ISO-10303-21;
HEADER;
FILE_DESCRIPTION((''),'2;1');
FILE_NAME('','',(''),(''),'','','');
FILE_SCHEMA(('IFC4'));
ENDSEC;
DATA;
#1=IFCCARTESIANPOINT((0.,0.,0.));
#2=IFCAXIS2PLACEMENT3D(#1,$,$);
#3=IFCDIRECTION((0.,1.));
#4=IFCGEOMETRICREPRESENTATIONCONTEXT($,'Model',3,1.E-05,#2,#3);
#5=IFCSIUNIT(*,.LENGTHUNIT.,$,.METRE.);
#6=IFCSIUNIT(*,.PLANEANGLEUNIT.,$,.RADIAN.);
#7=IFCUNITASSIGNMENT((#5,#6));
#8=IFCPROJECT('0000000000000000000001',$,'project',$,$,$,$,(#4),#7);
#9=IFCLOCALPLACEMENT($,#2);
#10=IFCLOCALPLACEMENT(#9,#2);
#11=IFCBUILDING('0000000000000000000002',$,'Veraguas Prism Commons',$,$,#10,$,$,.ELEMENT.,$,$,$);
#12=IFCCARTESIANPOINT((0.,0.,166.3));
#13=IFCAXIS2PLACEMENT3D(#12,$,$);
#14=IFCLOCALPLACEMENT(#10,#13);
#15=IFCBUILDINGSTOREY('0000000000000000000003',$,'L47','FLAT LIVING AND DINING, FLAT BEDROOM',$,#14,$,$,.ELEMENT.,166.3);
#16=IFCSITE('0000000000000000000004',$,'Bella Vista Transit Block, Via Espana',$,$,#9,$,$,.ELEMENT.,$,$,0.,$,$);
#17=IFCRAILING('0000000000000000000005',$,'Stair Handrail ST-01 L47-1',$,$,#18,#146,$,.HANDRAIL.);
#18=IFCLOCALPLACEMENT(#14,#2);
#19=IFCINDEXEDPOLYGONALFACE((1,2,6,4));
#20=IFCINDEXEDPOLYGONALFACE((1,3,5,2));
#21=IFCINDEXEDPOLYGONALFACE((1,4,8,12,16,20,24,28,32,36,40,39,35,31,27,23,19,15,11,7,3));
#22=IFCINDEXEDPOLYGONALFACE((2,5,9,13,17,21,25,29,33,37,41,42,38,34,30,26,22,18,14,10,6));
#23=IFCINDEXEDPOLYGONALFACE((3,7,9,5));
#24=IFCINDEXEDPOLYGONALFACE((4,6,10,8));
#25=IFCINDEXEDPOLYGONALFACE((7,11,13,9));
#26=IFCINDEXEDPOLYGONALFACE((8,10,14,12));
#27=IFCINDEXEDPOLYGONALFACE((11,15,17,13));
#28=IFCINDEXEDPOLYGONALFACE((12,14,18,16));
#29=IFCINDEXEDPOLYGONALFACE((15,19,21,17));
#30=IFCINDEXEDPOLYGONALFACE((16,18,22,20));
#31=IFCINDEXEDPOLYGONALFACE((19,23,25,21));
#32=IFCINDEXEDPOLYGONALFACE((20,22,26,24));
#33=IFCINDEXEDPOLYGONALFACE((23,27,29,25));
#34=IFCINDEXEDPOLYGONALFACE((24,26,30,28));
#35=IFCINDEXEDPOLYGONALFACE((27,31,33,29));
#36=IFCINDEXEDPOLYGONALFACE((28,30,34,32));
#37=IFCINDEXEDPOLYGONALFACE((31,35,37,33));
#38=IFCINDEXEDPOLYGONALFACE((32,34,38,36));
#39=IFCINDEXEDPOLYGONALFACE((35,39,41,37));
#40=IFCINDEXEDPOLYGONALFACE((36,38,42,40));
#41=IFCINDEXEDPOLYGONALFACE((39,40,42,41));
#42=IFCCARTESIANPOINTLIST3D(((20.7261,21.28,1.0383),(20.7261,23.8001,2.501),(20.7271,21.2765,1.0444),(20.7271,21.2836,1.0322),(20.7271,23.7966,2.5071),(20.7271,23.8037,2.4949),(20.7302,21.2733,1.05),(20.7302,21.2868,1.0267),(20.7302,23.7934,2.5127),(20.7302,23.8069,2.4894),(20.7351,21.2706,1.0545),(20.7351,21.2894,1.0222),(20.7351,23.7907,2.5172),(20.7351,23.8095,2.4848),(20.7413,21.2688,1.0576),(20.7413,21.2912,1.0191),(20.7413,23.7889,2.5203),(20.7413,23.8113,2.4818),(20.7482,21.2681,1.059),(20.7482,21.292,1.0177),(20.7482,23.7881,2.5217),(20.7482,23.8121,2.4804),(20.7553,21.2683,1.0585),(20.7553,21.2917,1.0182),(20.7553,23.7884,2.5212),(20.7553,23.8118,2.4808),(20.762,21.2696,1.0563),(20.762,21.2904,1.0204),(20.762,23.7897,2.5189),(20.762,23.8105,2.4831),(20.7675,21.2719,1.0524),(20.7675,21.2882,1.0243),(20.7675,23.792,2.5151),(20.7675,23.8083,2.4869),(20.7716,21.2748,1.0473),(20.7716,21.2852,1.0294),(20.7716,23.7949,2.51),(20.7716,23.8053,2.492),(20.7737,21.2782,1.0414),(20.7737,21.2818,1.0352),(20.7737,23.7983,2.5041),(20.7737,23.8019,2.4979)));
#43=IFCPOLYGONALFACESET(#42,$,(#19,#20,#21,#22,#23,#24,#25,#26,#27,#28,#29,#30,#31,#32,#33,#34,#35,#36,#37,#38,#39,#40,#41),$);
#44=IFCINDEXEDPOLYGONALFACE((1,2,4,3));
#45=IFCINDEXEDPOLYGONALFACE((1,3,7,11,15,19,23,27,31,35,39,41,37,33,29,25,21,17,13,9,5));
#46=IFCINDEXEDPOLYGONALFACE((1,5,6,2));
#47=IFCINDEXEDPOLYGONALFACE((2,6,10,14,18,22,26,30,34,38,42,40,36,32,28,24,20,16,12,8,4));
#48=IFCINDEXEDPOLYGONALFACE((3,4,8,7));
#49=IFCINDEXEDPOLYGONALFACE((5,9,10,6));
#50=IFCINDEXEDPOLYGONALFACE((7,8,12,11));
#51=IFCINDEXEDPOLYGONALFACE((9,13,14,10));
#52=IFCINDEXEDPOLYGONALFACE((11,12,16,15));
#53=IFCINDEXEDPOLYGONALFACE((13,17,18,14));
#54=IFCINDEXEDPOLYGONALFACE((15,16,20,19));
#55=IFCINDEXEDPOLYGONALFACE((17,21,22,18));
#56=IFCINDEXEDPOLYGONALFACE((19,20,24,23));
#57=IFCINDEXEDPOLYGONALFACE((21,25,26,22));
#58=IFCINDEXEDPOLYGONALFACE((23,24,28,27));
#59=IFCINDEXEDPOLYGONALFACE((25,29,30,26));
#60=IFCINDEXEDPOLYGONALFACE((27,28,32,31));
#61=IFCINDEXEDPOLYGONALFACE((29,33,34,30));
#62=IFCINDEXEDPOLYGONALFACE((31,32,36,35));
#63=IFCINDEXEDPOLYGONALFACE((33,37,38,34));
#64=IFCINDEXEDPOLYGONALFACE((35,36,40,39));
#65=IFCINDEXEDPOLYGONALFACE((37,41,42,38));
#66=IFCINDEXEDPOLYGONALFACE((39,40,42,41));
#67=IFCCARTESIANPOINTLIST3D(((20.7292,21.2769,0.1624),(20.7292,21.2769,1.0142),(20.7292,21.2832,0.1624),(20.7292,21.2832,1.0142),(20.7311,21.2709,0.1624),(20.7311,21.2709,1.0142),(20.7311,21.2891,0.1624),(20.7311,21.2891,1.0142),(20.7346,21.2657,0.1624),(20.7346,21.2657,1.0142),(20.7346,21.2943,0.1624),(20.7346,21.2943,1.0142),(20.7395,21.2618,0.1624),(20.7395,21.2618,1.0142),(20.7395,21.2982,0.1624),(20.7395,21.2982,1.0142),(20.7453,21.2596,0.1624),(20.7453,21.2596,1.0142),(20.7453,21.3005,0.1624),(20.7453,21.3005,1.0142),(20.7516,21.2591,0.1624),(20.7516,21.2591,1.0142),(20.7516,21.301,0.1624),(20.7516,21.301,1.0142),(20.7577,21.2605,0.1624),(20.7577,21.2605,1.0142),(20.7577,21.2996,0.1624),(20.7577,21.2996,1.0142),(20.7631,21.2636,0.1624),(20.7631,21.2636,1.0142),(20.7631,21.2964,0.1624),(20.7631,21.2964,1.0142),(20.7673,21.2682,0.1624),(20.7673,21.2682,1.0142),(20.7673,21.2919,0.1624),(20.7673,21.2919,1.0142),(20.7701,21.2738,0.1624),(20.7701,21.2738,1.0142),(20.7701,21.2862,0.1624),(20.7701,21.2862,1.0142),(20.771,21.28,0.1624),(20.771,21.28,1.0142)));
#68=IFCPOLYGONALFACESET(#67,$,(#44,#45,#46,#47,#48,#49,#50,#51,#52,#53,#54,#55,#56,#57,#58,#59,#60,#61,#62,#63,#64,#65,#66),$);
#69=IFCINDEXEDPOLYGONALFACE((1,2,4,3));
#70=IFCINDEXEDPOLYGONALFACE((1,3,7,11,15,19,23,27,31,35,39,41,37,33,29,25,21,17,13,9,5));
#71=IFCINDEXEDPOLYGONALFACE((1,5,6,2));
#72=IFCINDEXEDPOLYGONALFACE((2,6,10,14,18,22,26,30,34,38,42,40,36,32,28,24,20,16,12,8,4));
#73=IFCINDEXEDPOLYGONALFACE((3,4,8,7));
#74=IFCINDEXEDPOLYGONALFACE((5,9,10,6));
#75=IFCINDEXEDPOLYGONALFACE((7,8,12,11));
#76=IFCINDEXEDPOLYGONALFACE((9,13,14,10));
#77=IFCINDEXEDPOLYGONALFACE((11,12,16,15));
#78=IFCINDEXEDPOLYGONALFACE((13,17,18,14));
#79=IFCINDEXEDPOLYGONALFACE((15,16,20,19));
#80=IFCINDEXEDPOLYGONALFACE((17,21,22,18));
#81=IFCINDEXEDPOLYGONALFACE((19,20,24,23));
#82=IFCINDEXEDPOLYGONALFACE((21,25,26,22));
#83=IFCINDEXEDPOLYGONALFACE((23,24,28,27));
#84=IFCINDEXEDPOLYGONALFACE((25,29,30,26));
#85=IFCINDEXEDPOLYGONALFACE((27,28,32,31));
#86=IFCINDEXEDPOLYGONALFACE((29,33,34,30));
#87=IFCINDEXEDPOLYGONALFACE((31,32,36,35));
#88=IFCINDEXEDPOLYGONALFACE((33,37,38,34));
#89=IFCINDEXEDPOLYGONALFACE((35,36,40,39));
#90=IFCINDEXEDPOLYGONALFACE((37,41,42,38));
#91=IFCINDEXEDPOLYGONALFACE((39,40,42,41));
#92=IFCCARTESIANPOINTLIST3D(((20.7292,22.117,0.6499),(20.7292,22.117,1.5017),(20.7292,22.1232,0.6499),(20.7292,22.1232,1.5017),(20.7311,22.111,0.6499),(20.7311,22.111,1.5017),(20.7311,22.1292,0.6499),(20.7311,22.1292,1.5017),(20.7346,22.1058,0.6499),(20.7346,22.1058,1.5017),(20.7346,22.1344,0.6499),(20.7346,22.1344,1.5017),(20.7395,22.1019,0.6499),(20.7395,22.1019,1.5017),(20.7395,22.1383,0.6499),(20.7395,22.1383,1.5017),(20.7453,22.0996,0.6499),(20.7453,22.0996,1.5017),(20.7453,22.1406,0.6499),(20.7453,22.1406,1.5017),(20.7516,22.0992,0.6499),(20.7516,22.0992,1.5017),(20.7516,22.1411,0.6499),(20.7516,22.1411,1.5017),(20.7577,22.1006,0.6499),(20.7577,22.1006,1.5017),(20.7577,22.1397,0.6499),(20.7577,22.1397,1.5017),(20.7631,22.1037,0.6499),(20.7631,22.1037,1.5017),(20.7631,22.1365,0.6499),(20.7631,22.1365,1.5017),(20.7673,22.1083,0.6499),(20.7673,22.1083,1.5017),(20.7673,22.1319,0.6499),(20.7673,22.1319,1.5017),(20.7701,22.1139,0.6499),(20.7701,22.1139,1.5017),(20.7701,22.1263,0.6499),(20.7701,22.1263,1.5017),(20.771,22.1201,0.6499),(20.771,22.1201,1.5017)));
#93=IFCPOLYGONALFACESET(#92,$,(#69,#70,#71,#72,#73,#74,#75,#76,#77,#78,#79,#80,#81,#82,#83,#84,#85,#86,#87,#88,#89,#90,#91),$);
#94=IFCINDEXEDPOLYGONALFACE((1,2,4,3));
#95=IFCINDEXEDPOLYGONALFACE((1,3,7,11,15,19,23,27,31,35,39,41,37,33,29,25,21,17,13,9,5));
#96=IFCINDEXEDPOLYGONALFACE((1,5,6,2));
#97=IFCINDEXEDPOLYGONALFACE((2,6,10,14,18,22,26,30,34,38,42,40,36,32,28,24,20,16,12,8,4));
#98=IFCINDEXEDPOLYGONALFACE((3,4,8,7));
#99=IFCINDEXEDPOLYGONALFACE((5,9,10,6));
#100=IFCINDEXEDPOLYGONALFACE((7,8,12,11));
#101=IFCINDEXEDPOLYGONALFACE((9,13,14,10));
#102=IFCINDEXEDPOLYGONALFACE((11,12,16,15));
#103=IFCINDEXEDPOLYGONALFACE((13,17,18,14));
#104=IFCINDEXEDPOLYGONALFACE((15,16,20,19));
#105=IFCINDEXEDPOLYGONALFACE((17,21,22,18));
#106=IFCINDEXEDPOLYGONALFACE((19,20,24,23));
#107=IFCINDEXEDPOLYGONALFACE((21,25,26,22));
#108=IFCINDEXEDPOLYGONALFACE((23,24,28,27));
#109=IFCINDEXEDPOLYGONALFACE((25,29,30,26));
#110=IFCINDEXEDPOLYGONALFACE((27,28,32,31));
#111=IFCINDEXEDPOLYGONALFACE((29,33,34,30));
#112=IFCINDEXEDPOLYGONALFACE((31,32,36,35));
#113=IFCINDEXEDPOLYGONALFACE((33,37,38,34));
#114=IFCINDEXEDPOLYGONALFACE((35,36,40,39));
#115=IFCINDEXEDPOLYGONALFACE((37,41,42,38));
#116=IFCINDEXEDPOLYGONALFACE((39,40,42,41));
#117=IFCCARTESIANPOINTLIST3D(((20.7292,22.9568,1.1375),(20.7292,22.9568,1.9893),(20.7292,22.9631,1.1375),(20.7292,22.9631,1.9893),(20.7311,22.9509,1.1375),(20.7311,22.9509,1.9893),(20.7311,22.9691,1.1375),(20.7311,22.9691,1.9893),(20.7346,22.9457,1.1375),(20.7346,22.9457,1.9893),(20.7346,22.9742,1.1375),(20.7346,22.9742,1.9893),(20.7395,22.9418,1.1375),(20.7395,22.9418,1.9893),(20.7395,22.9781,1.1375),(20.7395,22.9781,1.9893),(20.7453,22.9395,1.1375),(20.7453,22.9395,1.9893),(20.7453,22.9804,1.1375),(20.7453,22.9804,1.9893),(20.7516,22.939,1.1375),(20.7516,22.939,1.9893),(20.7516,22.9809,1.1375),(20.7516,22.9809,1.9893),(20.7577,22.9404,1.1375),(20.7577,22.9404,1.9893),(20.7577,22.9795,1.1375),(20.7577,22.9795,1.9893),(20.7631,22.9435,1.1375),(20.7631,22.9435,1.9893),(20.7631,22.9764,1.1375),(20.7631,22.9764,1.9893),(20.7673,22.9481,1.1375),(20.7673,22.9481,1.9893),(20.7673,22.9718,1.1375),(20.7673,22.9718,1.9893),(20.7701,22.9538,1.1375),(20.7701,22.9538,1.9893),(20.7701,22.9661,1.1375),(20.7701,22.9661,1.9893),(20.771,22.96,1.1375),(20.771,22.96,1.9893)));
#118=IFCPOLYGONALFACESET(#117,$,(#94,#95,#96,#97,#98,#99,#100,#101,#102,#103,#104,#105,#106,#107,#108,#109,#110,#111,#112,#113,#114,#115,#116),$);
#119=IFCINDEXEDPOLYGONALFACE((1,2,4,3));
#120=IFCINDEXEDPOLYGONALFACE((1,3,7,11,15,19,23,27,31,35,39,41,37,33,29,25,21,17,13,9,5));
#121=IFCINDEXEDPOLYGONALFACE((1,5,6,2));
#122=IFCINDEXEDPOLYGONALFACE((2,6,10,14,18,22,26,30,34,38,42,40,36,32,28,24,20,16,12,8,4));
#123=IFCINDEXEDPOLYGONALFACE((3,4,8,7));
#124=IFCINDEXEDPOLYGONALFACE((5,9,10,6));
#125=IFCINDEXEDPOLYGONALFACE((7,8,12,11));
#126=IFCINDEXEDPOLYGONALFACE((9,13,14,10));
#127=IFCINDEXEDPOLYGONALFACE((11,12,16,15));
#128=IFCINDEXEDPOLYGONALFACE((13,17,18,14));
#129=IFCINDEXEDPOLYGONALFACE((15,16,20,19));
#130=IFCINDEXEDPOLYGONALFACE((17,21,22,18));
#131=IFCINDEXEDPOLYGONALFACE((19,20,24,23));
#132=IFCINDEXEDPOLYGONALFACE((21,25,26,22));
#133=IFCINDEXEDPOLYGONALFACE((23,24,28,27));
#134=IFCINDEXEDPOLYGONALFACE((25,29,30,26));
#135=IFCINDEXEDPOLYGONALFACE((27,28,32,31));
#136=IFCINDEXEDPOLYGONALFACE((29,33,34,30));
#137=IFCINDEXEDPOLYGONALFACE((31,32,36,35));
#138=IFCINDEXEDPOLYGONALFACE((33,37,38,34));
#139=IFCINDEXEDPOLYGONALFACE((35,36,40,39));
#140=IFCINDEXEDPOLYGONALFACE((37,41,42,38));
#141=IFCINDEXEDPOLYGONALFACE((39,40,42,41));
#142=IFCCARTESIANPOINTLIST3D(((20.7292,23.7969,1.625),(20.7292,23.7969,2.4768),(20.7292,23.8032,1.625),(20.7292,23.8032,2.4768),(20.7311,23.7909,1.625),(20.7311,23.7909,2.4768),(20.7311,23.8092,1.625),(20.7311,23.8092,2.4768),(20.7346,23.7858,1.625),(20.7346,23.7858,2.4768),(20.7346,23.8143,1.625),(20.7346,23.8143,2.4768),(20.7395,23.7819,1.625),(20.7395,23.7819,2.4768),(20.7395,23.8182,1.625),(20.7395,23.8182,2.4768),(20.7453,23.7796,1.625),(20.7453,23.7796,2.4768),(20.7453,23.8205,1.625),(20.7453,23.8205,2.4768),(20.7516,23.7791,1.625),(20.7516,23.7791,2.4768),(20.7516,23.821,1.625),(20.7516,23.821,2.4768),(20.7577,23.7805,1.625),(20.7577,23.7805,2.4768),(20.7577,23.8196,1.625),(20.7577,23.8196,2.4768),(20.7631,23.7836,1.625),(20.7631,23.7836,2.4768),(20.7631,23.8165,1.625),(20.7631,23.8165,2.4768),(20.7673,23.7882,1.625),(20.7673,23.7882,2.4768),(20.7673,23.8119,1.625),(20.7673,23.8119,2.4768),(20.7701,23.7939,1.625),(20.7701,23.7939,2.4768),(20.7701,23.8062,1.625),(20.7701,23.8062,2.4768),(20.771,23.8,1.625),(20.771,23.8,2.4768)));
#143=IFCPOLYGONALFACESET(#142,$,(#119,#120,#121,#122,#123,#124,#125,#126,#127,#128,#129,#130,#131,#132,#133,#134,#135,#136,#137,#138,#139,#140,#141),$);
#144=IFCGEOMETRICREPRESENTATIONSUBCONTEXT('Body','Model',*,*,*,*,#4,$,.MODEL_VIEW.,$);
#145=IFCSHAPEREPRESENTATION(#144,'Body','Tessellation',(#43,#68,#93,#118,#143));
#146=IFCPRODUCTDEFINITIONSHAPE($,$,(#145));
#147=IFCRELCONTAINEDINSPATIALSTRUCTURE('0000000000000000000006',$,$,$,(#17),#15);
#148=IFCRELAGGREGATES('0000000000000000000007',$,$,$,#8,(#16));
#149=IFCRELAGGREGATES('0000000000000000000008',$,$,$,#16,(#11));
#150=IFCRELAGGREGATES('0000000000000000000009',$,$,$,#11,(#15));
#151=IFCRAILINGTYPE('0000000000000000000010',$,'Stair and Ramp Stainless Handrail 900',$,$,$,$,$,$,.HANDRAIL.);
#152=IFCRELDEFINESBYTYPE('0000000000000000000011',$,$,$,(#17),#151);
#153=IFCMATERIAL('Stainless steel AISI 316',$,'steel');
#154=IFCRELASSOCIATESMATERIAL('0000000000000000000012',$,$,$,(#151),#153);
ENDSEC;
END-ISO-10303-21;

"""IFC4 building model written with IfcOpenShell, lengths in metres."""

from ifc_helpers import new_model, si_unit, direction, frame, origin, origin_2d, place, context, subcontext, project, spatial, circle, extrude, material, type_object, element, save


model = new_model("IFC4")

# Units and contexts
model_context = context("Model", 3, precision=1e-05, world=origin(), true_north=direction((0.0, 1.0)))
body_context = subcontext(model_context, "Body", "Model", "MODEL_VIEW")
ifc_project = project(units=[si_unit("LENGTHUNIT", "METRE"), si_unit("PLANEANGLEUNIT", "RADIAN")], contexts=[model_context])

# Site, building, storey
site_placement = place(None, origin())
site = spatial("IfcSite", under=ifc_project, at=site_placement, Name="Bella Vista Transit Block, Via Espana", CompositionType="ELEMENT", RefElevation=0.0)
building_placement = place(site_placement, origin())
building = spatial("IfcBuilding", under=site, at=building_placement, Name="Veraguas Prism Commons", CompositionType="ELEMENT")
storey_placement = place(building_placement, frame((0.0, 0.0, 166.3)))
storey = spatial("IfcBuildingStorey", under=building, at=storey_placement, Name="L47", Description="FLAT LIVING AND DINING, FLAT BEDROOM", CompositionType="ELEMENT", Elevation=166.3)

# Railing
ifc_material_1 = material(Name="Stainless steel AISI 316", Category="steel")
railing_type_1 = type_object("IfcRailingType", Name="Stair and Ramp Stainless Handrail 900", PredefinedType="HANDRAIL", material=ifc_material_1)
railing_1_placement = place(storey_placement, frame((20.75, 21.28, 0.1624)))
element("IfcRailing", 1, at=railing_1_placement, inside=storey, type_object=railing_type_1, Name="Stair Handrail ST-01 L47-1", PredefinedType="HANDRAIL", context=body_context, shape_type="SweptSolid", body=[
    extrude(circle(Radius=0.0239, at=origin_2d()), frame((0.0, 0.0, 0.876), z_axis=(0.0, 0.864877, 0.501984), x_axis=(-1.0, 0.0, 0.0)), (0.0, 0.0, 1.0), 2.9138),
    extrude(circle(Radius=0.021, at=origin_2d()), origin(), (0.0, 0.0, 1.0), 0.8518),
    extrude(circle(Radius=0.021, at=origin_2d()), frame((0.0, 0.8401, 0.4875)), (0.0, 0.0, 1.0), 0.8518),
    extrude(circle(Radius=0.021, at=origin_2d()), frame((0.0, 1.6799, 0.9751)), (0.0, 0.0, 1.0), 0.8518),
    extrude(circle(Radius=0.021, at=origin_2d()), frame((0.0, 2.52, 1.4626)), (0.0, 0.0, 1.0), 0.8518),
])

save(model, "model.ifc")
